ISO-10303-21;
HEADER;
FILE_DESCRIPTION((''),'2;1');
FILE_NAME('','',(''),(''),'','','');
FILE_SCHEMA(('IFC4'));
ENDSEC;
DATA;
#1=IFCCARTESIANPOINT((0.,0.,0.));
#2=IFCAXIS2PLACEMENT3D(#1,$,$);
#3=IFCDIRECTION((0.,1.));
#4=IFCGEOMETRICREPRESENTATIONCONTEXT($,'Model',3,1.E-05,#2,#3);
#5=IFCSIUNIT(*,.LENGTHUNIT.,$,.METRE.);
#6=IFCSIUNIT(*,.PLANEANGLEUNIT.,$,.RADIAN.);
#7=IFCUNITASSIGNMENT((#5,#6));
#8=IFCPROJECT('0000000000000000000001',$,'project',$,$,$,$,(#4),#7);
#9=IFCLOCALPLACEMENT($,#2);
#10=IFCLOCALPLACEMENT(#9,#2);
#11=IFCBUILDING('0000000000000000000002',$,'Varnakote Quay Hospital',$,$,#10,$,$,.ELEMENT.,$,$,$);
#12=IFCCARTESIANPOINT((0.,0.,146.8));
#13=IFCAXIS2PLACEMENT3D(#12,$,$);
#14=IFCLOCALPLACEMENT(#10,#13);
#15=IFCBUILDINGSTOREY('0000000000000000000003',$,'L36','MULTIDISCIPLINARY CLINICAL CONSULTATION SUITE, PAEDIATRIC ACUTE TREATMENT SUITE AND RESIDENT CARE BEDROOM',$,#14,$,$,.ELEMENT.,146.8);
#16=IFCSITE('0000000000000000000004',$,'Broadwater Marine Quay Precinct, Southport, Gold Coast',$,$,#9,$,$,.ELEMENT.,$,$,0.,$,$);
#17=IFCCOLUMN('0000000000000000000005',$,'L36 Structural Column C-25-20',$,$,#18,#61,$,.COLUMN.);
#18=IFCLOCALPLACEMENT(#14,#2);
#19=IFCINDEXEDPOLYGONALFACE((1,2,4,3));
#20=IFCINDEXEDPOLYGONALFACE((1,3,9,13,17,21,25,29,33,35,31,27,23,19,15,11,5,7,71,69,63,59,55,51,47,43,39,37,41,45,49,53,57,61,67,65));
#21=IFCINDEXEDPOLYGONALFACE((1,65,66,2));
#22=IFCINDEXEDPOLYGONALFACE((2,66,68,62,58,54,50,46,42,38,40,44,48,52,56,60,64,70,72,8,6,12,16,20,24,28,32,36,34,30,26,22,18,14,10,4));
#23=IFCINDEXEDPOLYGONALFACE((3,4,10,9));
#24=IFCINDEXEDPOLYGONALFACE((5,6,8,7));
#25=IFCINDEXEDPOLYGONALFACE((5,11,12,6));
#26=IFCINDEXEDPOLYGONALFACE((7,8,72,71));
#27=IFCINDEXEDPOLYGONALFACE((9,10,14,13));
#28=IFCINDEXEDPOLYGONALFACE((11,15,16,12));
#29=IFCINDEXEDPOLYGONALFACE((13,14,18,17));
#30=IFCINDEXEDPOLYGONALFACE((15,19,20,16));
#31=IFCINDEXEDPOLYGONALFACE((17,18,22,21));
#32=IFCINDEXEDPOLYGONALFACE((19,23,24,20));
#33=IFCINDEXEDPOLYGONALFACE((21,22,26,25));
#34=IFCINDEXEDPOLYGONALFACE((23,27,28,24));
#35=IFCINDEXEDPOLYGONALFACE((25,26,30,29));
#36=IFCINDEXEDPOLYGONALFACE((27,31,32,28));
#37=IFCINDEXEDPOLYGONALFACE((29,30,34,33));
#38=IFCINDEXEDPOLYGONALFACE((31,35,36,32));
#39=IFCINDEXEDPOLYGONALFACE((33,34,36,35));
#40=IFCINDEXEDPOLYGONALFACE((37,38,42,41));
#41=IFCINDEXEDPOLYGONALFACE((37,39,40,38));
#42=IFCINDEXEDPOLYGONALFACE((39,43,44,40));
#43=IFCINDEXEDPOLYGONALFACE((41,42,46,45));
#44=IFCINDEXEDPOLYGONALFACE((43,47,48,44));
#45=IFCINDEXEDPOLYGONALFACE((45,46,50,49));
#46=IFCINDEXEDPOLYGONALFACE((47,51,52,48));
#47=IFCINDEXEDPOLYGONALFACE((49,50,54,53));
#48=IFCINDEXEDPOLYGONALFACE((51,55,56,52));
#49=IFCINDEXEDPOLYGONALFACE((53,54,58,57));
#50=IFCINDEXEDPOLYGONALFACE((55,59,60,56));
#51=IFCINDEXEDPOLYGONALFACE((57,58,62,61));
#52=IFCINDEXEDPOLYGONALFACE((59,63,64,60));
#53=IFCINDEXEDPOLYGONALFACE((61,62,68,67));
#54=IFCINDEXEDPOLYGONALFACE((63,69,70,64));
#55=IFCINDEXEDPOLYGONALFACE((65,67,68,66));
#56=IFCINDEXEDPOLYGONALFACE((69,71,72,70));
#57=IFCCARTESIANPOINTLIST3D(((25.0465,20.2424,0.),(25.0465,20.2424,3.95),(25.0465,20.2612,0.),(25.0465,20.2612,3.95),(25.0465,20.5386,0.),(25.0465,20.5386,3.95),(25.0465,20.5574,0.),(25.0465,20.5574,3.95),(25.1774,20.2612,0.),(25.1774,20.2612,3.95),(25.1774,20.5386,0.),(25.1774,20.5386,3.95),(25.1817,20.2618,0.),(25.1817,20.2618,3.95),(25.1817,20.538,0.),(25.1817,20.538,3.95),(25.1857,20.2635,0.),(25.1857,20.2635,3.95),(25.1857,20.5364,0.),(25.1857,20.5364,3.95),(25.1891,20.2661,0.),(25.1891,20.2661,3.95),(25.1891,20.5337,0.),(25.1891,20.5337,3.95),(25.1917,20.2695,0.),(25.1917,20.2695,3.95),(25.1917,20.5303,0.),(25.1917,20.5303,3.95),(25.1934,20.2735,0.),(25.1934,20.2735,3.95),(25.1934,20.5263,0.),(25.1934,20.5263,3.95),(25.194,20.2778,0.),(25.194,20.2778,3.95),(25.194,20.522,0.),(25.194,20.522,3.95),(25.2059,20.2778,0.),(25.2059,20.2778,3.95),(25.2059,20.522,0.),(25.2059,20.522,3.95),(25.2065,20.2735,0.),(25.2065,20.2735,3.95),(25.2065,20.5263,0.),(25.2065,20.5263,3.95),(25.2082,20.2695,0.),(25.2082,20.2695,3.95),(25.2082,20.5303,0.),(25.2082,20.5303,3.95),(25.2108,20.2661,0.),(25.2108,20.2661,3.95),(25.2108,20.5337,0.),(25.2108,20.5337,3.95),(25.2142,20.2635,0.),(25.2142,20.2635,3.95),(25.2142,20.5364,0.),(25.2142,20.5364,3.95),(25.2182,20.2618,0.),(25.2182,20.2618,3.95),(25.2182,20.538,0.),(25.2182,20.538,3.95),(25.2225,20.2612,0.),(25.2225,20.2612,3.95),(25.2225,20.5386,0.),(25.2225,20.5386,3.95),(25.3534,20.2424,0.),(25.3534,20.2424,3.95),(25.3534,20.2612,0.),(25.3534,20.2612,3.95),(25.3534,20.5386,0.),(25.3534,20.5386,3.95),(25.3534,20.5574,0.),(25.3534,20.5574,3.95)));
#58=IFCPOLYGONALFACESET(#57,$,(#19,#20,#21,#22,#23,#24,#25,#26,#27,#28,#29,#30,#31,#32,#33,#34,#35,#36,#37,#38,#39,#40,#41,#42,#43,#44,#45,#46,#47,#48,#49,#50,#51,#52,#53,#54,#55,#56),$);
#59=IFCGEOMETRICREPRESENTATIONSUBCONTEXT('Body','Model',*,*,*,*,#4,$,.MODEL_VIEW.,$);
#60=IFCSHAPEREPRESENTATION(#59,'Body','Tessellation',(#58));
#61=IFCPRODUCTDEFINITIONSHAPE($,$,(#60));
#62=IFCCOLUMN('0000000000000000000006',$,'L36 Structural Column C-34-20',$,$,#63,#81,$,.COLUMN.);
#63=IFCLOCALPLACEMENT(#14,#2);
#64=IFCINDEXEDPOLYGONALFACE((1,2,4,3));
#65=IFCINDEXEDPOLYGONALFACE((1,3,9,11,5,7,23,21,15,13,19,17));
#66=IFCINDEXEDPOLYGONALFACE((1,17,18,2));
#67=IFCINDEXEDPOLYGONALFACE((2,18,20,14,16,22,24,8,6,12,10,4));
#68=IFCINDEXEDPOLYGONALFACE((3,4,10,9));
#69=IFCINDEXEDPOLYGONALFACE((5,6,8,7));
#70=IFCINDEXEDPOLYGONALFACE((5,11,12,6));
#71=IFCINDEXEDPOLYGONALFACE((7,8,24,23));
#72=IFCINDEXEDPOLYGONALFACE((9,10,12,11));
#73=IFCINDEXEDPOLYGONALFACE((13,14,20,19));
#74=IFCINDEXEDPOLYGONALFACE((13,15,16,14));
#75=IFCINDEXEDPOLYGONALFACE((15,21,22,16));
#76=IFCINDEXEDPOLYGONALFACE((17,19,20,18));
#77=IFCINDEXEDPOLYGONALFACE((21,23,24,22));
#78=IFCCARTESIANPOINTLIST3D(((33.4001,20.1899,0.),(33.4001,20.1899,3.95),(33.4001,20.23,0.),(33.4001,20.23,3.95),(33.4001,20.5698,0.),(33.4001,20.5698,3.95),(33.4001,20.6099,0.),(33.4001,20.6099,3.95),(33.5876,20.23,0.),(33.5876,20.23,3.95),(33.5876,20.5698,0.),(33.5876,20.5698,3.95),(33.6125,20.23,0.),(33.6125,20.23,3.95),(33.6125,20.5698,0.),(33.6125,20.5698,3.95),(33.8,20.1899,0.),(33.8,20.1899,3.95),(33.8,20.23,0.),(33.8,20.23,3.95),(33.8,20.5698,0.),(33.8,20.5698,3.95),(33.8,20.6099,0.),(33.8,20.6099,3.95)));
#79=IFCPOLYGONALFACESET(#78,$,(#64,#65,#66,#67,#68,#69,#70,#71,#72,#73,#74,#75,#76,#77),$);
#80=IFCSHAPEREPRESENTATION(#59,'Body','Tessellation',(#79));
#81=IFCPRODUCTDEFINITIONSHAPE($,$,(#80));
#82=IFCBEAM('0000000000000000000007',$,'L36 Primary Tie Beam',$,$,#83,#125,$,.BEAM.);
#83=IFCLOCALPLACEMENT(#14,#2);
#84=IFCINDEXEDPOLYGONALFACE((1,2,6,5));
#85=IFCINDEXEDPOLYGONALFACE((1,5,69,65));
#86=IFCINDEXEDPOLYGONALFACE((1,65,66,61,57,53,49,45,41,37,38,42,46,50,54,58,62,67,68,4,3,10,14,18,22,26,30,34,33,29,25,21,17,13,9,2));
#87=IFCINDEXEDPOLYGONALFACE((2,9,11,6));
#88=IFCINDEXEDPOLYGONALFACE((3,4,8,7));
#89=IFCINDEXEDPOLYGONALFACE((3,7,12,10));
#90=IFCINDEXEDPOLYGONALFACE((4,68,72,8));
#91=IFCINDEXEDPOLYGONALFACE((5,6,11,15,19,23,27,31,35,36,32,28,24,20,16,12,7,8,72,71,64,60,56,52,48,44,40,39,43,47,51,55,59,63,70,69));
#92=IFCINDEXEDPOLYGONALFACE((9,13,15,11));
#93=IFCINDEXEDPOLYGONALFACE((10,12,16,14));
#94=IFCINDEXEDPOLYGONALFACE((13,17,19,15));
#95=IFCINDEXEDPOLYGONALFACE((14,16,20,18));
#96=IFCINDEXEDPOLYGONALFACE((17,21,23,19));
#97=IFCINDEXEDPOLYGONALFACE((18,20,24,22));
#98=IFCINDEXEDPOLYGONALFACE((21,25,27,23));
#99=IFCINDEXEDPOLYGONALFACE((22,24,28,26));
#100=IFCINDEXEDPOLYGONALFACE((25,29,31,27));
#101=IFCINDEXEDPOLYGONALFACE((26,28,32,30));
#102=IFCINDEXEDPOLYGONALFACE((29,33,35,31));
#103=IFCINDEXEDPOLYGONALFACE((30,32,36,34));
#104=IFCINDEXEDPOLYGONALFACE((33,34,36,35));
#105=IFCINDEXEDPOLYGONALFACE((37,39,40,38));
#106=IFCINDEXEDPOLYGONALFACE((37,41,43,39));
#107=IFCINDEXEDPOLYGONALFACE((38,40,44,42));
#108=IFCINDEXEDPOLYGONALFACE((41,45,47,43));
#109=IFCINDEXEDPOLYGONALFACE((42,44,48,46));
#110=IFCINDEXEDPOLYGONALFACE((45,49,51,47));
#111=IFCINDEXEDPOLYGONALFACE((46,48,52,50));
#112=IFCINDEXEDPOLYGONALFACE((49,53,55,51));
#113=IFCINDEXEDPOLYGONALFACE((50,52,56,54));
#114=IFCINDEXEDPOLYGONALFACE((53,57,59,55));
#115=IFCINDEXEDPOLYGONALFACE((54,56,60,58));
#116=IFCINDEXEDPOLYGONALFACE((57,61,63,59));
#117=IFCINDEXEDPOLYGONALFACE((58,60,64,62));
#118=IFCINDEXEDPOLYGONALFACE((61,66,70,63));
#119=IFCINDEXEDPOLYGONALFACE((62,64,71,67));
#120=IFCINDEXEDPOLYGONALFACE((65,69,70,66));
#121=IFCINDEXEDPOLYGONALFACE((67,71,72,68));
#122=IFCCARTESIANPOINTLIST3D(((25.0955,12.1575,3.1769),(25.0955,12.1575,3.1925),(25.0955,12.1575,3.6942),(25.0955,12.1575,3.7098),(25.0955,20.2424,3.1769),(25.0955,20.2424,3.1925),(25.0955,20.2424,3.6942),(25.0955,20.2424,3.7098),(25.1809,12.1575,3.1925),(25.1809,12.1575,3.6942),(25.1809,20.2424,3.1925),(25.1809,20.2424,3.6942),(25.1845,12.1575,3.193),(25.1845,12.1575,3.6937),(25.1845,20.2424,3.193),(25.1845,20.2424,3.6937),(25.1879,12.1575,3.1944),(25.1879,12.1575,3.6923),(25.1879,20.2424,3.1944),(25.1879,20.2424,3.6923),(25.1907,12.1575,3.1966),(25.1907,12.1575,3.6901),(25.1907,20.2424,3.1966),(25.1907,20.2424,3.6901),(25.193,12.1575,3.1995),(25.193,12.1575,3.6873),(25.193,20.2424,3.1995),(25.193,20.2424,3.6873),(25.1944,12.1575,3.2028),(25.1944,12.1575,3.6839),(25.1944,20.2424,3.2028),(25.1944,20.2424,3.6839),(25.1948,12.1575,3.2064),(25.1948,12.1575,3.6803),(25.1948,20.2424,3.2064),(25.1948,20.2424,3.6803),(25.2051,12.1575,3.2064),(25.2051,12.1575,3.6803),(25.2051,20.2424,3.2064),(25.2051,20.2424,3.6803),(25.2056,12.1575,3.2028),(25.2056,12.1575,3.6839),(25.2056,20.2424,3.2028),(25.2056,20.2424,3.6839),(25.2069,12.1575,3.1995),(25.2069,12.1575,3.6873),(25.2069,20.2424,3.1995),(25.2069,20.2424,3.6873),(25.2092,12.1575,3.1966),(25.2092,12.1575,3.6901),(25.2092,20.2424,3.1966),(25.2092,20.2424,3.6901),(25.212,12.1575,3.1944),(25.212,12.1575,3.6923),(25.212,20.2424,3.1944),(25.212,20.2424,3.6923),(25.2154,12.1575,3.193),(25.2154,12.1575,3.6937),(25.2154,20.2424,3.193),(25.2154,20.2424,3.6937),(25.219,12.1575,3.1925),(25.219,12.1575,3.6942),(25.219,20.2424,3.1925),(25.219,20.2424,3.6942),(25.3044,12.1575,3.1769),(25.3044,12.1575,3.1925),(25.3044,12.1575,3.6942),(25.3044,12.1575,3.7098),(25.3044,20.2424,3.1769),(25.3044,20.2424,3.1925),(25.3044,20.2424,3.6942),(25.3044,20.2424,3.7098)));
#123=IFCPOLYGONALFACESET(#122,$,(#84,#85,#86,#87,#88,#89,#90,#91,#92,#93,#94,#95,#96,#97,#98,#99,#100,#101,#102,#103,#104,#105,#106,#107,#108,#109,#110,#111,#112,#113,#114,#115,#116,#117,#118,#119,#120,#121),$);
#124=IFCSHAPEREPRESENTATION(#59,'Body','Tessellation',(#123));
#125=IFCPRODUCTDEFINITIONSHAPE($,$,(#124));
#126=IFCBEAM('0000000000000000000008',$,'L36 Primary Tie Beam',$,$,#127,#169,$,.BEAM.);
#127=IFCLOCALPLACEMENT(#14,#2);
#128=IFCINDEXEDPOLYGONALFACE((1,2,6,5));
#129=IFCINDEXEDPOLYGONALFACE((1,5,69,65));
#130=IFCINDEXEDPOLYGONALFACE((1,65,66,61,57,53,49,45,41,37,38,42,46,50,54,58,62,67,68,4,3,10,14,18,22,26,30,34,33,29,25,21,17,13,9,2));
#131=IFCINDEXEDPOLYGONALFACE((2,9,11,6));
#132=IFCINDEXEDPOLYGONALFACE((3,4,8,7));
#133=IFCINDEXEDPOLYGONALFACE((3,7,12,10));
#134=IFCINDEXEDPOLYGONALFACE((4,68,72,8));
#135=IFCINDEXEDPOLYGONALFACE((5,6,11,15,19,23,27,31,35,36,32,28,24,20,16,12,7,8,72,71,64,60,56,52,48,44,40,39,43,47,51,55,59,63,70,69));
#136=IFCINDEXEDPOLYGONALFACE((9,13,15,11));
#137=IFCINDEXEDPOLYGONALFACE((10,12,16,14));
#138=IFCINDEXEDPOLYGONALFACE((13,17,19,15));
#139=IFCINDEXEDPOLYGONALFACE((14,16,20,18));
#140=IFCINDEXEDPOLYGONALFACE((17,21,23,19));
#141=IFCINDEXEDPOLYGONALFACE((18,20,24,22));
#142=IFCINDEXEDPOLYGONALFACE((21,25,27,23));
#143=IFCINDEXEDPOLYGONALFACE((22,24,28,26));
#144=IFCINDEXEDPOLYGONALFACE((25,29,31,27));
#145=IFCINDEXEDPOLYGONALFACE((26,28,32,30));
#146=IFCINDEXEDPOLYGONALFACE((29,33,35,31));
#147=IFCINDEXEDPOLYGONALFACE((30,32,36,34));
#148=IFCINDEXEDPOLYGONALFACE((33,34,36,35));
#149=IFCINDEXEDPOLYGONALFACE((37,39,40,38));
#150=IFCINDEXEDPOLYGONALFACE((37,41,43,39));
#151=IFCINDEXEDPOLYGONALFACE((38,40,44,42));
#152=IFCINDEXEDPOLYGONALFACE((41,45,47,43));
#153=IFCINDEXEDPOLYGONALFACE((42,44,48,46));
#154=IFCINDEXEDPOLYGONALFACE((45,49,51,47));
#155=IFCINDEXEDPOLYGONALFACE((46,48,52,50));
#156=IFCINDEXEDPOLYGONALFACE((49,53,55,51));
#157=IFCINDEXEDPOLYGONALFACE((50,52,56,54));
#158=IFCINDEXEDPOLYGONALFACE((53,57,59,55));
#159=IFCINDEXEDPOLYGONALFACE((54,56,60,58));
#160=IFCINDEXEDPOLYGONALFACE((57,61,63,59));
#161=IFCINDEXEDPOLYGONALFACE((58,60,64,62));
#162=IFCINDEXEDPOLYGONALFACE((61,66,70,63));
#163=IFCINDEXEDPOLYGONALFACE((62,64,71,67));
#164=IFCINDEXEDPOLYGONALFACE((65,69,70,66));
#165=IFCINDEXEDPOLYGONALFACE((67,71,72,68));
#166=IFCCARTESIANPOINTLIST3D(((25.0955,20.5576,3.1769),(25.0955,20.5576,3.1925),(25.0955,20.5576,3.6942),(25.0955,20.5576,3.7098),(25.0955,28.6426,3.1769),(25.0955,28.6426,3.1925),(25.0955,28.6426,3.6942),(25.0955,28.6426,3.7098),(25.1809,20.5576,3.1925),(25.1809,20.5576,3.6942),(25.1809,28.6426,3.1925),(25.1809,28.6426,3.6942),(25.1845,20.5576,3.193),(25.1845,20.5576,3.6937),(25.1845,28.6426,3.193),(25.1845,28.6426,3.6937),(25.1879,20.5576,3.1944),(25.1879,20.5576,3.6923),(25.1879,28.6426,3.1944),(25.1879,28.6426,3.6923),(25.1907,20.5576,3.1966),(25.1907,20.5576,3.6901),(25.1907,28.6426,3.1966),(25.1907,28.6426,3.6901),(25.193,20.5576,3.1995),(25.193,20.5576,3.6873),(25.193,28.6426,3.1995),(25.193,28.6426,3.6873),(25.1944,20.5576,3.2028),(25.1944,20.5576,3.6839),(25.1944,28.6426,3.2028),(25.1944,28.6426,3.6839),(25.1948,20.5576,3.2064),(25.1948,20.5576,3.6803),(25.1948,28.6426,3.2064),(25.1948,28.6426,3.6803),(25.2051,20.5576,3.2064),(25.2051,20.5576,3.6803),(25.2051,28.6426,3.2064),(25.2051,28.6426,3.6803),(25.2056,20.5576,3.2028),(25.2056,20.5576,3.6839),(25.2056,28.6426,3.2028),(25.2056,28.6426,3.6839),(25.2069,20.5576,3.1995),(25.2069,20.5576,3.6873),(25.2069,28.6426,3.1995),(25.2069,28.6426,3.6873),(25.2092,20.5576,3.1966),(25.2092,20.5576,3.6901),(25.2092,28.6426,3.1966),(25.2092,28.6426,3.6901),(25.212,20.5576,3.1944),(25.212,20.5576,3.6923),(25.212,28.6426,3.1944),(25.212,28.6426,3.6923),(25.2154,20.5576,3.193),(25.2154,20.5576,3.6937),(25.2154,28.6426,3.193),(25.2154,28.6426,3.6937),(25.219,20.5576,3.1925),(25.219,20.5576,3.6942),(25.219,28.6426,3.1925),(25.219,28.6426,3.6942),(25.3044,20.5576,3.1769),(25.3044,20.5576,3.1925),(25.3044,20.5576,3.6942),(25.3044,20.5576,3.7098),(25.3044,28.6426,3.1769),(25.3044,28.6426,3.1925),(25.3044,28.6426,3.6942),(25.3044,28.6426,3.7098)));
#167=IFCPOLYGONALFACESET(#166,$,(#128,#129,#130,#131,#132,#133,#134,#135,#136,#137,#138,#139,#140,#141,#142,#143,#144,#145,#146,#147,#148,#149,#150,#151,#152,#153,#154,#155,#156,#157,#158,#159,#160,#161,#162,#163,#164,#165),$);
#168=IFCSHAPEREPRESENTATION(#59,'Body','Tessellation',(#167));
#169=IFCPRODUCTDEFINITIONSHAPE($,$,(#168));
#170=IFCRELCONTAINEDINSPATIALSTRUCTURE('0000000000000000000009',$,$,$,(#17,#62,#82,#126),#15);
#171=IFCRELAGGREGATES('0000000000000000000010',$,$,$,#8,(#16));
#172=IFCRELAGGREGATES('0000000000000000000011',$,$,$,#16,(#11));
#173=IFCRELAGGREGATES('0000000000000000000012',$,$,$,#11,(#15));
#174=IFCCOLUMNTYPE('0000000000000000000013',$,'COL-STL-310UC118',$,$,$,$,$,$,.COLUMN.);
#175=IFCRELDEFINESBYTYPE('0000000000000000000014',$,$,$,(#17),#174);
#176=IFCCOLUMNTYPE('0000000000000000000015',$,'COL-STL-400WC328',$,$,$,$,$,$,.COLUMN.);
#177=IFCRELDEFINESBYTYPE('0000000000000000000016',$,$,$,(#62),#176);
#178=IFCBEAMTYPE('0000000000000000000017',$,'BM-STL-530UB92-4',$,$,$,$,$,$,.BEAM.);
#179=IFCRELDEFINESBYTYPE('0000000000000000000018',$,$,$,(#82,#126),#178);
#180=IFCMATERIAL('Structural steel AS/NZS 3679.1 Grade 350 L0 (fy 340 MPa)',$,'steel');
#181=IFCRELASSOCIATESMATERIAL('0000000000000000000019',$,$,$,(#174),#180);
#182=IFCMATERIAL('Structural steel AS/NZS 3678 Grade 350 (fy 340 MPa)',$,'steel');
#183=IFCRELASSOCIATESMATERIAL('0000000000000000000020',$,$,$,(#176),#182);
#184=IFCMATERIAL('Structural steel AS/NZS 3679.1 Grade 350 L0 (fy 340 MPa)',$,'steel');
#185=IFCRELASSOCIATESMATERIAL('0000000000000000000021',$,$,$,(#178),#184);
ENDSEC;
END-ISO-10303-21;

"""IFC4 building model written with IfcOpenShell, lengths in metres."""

from ifc_helpers import new_model, si_unit, direction, frame, origin, origin_2d, place, context, subcontext, project, spatial, i_section, extrude, material, material_profile, profile_set, type_object, element, save


model = new_model("IFC4")

# Units and contexts
model_context = context("Model", 3, precision=1e-05, world=origin(), true_north=direction((0.0, 1.0)))
body_context = subcontext(model_context, "Body", "Model", "MODEL_VIEW")
ifc_project = project(units=[si_unit("LENGTHUNIT", "METRE"), si_unit("PLANEANGLEUNIT", "RADIAN")], contexts=[model_context])

# Site, building, storey
site_placement = place(None, origin())
site = spatial("IfcSite", under=ifc_project, at=site_placement, Name="Broadwater Marine Quay Precinct, Southport, Gold Coast", CompositionType="ELEMENT", RefElevation=0.0)
building_placement = place(site_placement, origin())
building = spatial("IfcBuilding", under=site, at=building_placement, Name="Varnakote Quay Hospital", CompositionType="ELEMENT")
storey_placement = place(building_placement, frame((0.0, 0.0, 146.8)))
storey = spatial("IfcBuildingStorey", under=building, at=storey_placement, Name="L36", Description="MULTIDISCIPLINARY CLINICAL CONSULTATION SUITE, PAEDIATRIC ACUTE TREATMENT SUITE AND RESIDENT CARE BEDROOM", CompositionType="ELEMENT", Elevation=146.8)

# Columns
ifc_material_1 = material(Name="Structural steel AS/NZS 3679.1 Grade 350 L0 (fy 340 MPa)", Category="steel")
ifc_material_profile_1 = material_profile(ifc_material_1, i_section(OverallWidth=0.3069, OverallDepth=0.3149, WebThickness=0.012, FlangeThickness=0.0188, FilletRadius=0.0166, at=origin_2d()), Name="310UC118")
ifc_profile_set_1 = profile_set([ifc_material_profile_1], Name="Structural steel AS/NZS 3679.1 Grade 350 L0 (fy 340 MPa)")
column_type_1 = type_object("IfcColumnType", Name="COL-STL-310UC118", PredefinedType="COLUMN", material=ifc_profile_set_1)
column_1_placement = place(storey_placement, frame((25.2, 20.3999, 0.0), z_axis=(0.0, 0.0, 1.0), x_axis=(1.0, 0.0, 0.0)))
element("IfcColumn", 1, at=column_1_placement, inside=storey, type_object=column_type_1, Name="L36 Structural Column C-25-20", PredefinedType="COLUMN", context=body_context, shape_type="SweptSolid", body=[
    extrude(i_section(OverallWidth=0.3069, OverallDepth=0.3149, WebThickness=0.012, FlangeThickness=0.0188, FilletRadius=0.0166, at=origin_2d()), origin(), (0.0, 0.0, 1.0), 3.95),
])
ifc_material_2 = material(Name="Structural steel AS/NZS 3678 Grade 350 (fy 340 MPa)", Category="steel")
ifc_material_profile_2 = material_profile(ifc_material_2, i_section(OverallWidth=0.3999, OverallDepth=0.4199, WebThickness=0.0249, FlangeThickness=0.04, at=origin_2d()), Name="400WC328")
ifc_profile_set_2 = profile_set([ifc_material_profile_2], Name="Structural steel AS/NZS 3678 Grade 350 (fy 340 MPa)")
column_type_2 = type_object("IfcColumnType", Name="COL-STL-400WC328", PredefinedType="COLUMN", material=ifc_profile_set_2)
column_2_placement = place(storey_placement, frame((33.6001, 20.3999, 0.0), z_axis=(0.0, 0.0, 1.0), x_axis=(1.0, 0.0, 0.0)))
element("IfcColumn", 2, at=column_2_placement, inside=storey, type_object=column_type_2, Name="L36 Structural Column C-34-20", PredefinedType="COLUMN", context=body_context, shape_type="SweptSolid", body=[
    extrude(i_section(OverallWidth=0.3999, OverallDepth=0.4199, WebThickness=0.0249, FlangeThickness=0.04, at=origin_2d()), origin(), (0.0, 0.0, 1.0), 3.95),
])

# Beams
ifc_material_3 = material(Name="Structural steel AS/NZS 3679.1 Grade 350 L0 (fy 340 MPa)", Category="steel")
ifc_material_profile_3 = material_profile(ifc_material_3, i_section(OverallWidth=0.209, OverallDepth=0.533, WebThickness=0.0103, FlangeThickness=0.0156, FilletRadius=0.0139, at=origin_2d()), Name="530UB92.4")
ifc_profile_set_3 = profile_set([ifc_material_profile_3], Name="Structural steel AS/NZS 3679.1 Grade 350 L0 (fy 340 MPa)")
beam_type_1 = type_object("IfcBeamType", Name="BM-STL-530UB92-4", PredefinedType="BEAM", material=ifc_profile_set_3)
for number, where, z_axis, x_axis, name in (
    (3, (25.2, 12.1575, 3.4434), (0.0, 1.0, 0.0), (-1.0, 0.0, 0.0), "L36 Primary Tie Beam"),
    (4, (25.2, 20.5576, 3.4434), (0.0, 1.0, 0.0), (-1.0, 0.0, 0.0), "L36 Primary Tie Beam"),
):
    element("IfcBeam", number, at=place(storey_placement, frame(where, z_axis=z_axis, x_axis=x_axis)), inside=storey, type_object=beam_type_1, Name=name, PredefinedType="BEAM", context=body_context, shape_type="SweptSolid", body=[
        extrude(i_section(OverallWidth=0.209, OverallDepth=0.533, WebThickness=0.0103, FlangeThickness=0.0156, FilletRadius=0.0139, at=origin_2d()), origin(), (0.0, 0.0, 1.0), 8.085),
    ])

save(model, "model.ifc")
